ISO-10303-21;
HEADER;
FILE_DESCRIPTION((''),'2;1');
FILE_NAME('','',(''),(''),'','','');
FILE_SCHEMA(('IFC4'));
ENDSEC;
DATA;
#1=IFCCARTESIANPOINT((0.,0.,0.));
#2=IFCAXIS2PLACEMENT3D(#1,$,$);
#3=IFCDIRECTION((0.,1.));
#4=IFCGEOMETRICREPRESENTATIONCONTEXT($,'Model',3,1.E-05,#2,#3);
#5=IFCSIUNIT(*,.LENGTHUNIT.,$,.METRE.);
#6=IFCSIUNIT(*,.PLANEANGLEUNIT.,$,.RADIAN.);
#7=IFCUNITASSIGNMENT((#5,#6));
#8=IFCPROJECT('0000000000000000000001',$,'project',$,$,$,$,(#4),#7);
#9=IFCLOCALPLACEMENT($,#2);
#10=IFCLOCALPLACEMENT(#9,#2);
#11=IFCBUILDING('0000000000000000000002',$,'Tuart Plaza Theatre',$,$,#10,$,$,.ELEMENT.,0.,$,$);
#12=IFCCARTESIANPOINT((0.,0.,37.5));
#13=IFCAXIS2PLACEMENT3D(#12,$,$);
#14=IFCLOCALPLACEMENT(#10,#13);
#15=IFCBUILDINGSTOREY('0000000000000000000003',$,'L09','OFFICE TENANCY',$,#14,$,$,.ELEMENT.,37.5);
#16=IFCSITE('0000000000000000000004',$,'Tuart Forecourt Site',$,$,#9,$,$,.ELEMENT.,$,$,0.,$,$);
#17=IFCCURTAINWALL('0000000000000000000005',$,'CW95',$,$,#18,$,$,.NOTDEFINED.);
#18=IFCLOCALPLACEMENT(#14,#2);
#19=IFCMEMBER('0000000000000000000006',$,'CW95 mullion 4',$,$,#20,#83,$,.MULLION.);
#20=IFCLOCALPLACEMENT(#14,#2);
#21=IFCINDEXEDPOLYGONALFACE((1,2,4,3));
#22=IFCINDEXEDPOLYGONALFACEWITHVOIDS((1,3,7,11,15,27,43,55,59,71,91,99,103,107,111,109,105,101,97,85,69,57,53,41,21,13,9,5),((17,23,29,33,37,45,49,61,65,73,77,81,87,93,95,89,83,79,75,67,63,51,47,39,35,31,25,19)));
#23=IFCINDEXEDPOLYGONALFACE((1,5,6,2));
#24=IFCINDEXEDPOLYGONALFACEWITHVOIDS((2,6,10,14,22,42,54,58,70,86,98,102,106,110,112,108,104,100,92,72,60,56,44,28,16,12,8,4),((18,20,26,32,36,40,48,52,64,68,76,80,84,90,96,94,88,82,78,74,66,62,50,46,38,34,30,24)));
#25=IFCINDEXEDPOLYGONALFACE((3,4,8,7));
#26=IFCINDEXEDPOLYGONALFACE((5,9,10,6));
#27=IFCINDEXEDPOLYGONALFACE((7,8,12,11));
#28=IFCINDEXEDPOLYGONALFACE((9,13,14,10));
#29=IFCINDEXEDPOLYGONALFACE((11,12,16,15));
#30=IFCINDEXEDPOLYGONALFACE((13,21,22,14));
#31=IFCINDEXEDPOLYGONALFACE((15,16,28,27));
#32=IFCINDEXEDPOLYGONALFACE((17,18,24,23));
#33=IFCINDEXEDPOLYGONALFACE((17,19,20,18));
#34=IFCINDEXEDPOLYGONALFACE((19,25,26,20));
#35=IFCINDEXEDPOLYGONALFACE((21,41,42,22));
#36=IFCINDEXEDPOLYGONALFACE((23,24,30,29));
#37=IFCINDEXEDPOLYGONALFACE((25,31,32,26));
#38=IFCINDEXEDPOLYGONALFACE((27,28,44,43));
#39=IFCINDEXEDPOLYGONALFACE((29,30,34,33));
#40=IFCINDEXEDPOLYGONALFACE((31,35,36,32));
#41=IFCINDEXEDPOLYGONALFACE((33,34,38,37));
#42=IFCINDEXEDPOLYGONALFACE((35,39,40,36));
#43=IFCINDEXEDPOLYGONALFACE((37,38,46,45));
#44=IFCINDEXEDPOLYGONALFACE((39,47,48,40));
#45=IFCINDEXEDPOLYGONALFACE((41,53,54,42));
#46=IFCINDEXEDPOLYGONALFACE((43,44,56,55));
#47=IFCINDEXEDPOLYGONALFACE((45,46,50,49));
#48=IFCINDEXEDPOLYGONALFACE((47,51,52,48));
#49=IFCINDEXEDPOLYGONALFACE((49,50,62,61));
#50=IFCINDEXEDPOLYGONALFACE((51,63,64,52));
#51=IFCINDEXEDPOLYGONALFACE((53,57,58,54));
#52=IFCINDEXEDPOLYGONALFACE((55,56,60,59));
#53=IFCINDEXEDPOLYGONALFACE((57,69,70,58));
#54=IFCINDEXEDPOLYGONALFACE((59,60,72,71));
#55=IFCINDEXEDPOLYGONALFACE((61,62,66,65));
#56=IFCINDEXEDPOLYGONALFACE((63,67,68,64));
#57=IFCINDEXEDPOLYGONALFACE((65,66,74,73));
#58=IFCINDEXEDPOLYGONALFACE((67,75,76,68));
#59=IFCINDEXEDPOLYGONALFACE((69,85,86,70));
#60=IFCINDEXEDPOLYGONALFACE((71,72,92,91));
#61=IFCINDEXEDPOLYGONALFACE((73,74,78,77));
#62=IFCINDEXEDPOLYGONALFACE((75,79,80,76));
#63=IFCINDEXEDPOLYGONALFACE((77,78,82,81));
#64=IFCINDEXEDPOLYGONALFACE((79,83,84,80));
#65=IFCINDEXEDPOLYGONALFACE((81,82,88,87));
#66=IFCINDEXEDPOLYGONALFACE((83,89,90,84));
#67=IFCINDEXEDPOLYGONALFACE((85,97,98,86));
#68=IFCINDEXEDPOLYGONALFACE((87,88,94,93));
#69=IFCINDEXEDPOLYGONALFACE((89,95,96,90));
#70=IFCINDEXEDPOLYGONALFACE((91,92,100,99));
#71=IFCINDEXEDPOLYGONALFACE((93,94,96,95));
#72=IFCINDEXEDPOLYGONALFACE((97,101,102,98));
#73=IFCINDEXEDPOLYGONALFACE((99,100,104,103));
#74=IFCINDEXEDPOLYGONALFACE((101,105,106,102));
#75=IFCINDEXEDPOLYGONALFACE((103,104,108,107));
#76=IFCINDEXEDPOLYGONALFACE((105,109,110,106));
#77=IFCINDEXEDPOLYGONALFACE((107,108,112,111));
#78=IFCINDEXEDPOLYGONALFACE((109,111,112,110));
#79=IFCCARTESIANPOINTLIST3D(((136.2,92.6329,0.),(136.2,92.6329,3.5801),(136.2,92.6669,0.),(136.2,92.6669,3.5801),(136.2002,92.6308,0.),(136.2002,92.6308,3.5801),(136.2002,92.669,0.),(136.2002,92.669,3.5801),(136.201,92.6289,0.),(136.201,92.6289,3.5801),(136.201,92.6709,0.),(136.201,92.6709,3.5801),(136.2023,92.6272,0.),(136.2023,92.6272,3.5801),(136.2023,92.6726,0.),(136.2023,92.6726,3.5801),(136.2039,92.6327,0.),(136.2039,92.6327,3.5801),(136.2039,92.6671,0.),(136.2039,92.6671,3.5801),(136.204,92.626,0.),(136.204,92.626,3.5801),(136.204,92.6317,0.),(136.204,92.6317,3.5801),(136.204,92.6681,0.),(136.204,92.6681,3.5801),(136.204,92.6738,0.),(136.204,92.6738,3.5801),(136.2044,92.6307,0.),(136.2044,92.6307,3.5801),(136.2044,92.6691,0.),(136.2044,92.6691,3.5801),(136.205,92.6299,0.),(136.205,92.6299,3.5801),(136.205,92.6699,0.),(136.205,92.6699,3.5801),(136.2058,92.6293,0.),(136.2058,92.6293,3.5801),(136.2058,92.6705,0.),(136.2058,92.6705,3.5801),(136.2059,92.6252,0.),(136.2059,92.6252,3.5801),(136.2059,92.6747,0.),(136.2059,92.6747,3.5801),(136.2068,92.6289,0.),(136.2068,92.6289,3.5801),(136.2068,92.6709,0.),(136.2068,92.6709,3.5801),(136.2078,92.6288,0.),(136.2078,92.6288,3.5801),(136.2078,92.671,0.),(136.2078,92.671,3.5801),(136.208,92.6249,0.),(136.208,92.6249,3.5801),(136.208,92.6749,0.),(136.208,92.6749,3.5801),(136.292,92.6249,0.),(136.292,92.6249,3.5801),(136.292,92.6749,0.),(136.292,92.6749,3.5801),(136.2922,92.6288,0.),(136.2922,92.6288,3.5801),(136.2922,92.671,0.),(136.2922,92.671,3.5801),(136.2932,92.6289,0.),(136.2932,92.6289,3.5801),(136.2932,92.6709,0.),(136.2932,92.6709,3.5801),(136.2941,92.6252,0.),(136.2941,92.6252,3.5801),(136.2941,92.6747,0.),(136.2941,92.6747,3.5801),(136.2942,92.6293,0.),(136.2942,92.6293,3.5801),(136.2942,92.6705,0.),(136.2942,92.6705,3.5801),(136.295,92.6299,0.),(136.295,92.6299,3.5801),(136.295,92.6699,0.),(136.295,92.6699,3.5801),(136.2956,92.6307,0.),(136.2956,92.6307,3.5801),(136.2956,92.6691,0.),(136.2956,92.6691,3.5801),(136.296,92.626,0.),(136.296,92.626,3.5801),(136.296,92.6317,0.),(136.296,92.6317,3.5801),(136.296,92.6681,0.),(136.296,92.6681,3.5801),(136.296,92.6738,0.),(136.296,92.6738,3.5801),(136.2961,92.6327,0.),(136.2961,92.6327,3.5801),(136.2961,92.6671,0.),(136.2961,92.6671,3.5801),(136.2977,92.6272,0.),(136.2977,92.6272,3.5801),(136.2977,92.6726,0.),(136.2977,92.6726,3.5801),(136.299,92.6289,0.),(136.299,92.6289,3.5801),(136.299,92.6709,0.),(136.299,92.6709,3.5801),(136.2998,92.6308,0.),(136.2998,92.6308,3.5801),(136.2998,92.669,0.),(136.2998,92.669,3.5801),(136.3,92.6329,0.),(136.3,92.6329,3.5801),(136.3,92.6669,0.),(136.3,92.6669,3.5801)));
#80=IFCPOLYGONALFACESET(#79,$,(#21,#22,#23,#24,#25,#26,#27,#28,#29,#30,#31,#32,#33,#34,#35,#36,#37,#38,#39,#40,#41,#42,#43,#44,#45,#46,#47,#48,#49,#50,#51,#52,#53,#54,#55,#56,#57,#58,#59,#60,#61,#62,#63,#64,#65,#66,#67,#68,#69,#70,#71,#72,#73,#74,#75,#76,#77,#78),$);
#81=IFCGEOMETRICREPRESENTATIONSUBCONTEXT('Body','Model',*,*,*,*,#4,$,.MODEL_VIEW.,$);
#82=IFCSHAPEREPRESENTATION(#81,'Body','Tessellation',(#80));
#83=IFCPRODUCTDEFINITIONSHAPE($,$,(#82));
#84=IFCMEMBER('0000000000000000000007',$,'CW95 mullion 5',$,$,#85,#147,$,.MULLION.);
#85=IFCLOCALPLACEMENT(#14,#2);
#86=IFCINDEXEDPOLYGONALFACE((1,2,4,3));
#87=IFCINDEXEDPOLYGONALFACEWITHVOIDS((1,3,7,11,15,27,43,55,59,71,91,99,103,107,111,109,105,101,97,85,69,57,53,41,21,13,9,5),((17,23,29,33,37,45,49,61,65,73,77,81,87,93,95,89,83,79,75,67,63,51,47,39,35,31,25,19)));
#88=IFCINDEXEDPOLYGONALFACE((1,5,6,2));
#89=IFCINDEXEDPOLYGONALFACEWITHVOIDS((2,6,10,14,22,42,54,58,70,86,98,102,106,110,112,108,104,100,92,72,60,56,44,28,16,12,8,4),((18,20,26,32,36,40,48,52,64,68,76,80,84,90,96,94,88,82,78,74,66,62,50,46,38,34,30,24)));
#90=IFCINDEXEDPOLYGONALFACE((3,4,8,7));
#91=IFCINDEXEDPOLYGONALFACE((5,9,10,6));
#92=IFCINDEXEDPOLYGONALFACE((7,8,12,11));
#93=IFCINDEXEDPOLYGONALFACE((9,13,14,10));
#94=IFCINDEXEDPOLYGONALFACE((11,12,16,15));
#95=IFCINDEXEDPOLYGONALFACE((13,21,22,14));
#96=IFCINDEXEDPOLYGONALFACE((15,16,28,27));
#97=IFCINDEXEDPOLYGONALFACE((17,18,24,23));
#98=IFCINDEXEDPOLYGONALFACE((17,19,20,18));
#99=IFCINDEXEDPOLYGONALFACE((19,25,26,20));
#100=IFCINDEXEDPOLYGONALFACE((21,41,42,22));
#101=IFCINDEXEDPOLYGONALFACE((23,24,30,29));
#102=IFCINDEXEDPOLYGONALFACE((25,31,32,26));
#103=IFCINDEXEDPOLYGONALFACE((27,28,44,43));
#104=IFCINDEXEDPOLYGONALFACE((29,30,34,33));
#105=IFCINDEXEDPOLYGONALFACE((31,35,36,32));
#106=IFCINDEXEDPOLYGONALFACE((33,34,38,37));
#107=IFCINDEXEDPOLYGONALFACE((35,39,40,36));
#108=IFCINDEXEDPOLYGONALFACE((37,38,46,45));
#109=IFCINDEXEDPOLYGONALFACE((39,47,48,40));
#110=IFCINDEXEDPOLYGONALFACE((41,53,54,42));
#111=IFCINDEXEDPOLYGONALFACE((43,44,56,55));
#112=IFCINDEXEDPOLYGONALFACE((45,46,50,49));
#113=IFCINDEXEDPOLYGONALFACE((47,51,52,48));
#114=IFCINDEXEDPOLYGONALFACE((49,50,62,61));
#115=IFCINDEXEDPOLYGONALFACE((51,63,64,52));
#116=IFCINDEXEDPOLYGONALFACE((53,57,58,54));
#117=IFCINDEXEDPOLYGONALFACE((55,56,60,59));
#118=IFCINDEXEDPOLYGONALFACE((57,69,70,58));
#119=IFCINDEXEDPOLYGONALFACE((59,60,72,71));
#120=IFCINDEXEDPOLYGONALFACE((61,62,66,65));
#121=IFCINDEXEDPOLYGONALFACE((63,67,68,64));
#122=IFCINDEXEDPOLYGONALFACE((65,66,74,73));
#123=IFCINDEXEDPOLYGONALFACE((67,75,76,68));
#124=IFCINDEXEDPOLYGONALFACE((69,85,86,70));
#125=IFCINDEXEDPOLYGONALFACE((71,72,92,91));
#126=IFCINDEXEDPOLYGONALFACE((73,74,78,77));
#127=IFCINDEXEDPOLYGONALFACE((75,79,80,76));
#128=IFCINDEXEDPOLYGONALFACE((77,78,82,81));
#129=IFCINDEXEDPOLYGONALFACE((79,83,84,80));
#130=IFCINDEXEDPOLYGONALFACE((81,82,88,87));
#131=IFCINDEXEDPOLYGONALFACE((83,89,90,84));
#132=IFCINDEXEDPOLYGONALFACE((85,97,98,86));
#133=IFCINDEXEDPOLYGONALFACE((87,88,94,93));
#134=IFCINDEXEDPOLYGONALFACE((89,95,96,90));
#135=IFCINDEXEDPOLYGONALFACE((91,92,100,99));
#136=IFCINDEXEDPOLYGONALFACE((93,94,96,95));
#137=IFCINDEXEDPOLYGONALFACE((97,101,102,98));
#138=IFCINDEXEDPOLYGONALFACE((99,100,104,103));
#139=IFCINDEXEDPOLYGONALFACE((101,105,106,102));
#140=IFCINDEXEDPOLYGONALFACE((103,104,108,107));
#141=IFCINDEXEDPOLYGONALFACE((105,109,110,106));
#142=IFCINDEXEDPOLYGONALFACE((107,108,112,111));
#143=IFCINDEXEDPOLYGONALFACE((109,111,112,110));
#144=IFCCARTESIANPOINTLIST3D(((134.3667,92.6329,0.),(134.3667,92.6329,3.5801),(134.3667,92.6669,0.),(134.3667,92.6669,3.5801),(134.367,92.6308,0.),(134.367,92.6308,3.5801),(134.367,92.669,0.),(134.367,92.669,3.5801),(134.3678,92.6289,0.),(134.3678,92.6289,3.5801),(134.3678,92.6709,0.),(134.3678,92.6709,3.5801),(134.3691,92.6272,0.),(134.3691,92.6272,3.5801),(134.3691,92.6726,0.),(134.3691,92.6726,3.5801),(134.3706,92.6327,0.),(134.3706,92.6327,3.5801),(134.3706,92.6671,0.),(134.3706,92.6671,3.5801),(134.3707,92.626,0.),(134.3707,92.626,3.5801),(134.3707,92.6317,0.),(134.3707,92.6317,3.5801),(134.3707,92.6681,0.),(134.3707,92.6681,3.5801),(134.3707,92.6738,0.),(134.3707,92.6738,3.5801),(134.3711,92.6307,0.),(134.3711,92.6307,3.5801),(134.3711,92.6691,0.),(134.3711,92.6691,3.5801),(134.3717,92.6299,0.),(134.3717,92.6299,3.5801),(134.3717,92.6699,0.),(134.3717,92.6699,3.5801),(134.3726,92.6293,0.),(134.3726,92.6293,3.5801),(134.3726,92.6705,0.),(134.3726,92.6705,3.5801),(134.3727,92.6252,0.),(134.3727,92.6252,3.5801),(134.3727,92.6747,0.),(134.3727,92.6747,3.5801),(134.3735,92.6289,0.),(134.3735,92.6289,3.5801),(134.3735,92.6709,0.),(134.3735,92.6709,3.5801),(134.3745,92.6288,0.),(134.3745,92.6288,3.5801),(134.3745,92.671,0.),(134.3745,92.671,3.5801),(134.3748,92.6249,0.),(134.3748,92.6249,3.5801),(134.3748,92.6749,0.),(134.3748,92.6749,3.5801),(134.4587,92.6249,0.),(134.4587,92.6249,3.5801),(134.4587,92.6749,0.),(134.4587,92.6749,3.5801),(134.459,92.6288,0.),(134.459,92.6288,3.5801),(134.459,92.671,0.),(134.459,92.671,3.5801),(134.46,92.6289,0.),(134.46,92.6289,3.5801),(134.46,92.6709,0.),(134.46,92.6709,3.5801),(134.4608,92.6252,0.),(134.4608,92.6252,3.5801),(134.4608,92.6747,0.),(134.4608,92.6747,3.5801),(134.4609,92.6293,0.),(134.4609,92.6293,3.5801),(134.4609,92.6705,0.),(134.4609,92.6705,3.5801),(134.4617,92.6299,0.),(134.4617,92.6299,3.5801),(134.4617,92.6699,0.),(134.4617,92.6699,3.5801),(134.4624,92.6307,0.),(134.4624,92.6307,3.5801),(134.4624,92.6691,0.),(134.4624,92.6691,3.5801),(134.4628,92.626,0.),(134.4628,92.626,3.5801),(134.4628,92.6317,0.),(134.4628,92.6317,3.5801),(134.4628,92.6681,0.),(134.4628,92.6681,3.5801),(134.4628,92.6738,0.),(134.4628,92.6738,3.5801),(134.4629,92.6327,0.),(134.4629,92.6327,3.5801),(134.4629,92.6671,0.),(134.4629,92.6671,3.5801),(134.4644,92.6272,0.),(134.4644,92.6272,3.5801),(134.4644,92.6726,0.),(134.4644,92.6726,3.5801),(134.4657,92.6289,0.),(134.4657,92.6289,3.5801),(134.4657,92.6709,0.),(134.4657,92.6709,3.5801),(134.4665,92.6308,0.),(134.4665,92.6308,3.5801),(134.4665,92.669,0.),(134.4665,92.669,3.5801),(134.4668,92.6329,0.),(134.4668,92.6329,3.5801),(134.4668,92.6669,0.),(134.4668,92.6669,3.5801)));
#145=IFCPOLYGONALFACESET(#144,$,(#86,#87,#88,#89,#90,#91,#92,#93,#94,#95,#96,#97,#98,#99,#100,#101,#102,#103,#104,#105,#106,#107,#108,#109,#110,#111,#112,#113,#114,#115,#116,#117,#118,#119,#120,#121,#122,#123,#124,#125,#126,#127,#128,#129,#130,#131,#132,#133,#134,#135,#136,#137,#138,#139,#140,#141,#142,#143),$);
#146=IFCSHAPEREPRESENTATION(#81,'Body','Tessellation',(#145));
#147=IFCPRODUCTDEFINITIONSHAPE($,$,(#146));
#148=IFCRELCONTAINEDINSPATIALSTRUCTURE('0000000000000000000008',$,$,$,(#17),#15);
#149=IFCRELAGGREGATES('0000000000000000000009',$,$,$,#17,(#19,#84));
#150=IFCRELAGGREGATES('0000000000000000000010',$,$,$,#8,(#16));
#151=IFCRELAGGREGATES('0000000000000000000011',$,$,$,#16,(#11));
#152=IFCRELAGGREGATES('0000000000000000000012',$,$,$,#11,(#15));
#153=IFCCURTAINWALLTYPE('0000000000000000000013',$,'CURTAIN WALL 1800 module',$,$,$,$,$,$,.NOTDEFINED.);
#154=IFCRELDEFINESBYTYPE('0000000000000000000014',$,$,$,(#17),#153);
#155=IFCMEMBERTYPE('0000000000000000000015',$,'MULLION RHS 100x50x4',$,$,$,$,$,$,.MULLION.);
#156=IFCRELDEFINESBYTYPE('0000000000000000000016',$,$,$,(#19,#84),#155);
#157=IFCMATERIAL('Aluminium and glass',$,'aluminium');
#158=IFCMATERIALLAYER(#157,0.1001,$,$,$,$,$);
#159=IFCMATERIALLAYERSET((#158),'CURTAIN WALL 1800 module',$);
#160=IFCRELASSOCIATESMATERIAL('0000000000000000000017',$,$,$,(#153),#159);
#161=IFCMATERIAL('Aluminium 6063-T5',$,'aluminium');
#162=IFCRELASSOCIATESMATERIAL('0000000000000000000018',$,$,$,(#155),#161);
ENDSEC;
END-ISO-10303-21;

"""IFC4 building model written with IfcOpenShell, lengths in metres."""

from ifc_helpers import new_model, si_unit, direction, frame, origin, origin_2d, place, context, subcontext, project, spatial, hollow_rectangle, extrude, material, layer, layer_set, material_profile, profile_set, type_object, element, aggregate, save


model = new_model("IFC4")

# Units and contexts
model_context = context("Model", 3, precision=1e-05, world=origin(), true_north=direction((0.0, 1.0)))
body_context = subcontext(model_context, "Body", "Model", "MODEL_VIEW")
ifc_project = project(units=[si_unit("LENGTHUNIT", "METRE"), si_unit("PLANEANGLEUNIT", "RADIAN")], contexts=[model_context])

# Site, building, storey
site_placement = place(None, origin())
site = spatial("IfcSite", under=ifc_project, at=site_placement, Name="Tuart Forecourt Site", CompositionType="ELEMENT", RefElevation=0.0)
building_placement = place(site_placement, origin())
building = spatial("IfcBuilding", under=site, at=building_placement, Name="Tuart Plaza Theatre", CompositionType="ELEMENT", ElevationOfRefHeight=0.0)
storey_placement = place(building_placement, frame((0.0, 0.0, 37.5)))
storey = spatial("IfcBuildingStorey", under=building, at=storey_placement, Name="L09", Description="OFFICE TENANCY", CompositionType="ELEMENT", Elevation=37.5)

# Curtain wall, members
ifc_material_1 = material(Name="Aluminium and glass", Category="aluminium")
ifc_layer_1 = layer(ifc_material_1, 0.1001)
ifc_layer_set_1 = layer_set([ifc_layer_1], Name="CURTAIN WALL 1800 module")
curtain_wall_type = type_object("IfcCurtainWallType", Name="CURTAIN WALL 1800 module", PredefinedType="NOTDEFINED", material=ifc_layer_set_1)
curtain_wall_placement = place(storey_placement, origin())
curtain_wall = element("IfcCurtainWall", 1, at=curtain_wall_placement, inside=storey, type_object=curtain_wall_type, Name="CW95", PredefinedType="NOTDEFINED")
ifc_material_2 = material(Name="Aluminium 6063-T5", Category="aluminium")
ifc_material_profile_1 = material_profile(ifc_material_2, hollow_rectangle(XDim=0.05, YDim=0.1001, WallThickness=0.0039, InnerFilletRadius=0.0039, OuterFilletRadius=0.0081, at=origin_2d()), Name="RHS 100x50x4")
ifc_profile_set_1 = profile_set([ifc_material_profile_1], Name="Aluminium 6063-T5")
member_type_1 = type_object("IfcMemberType", Name="MULLION RHS 100x50x4", PredefinedType="MULLION", material=ifc_profile_set_1)
member_1_placement = place(storey_placement, frame((136.25, 92.6499, 0.0), z_axis=(0.0, 0.0, 1.0), x_axis=(0.0, -1.0, 0.0)))
member_1 = element("IfcMember", 2, at=member_1_placement, type_object=member_type_1, Name="CW95 mullion 4", PredefinedType="MULLION", context=body_context, shape_type="SweptSolid", body=[
    extrude(hollow_rectangle(XDim=0.05, YDim=0.1001, WallThickness=0.0039, InnerFilletRadius=0.0039, OuterFilletRadius=0.0081, at=origin_2d()), origin(), (0.0, 0.0, 1.0), 3.5801),
])
member_2_placement = place(storey_placement, frame((134.4167, 92.6499, 0.0), z_axis=(0.0, 0.0, 1.0), x_axis=(0.0, -1.0, 0.0)))
member_2 = element("IfcMember", 3, at=member_2_placement, type_object=member_type_1, Name="CW95 mullion 5", PredefinedType="MULLION", context=body_context, shape_type="SweptSolid", body=[
    extrude(hollow_rectangle(XDim=0.05, YDim=0.1001, WallThickness=0.0039, InnerFilletRadius=0.0039, OuterFilletRadius=0.0081, at=origin_2d()), origin(), (0.0, 0.0, 1.0), 3.5801),
])
aggregate(curtain_wall, [member_1, member_2])

save(model, "model.ifc")
